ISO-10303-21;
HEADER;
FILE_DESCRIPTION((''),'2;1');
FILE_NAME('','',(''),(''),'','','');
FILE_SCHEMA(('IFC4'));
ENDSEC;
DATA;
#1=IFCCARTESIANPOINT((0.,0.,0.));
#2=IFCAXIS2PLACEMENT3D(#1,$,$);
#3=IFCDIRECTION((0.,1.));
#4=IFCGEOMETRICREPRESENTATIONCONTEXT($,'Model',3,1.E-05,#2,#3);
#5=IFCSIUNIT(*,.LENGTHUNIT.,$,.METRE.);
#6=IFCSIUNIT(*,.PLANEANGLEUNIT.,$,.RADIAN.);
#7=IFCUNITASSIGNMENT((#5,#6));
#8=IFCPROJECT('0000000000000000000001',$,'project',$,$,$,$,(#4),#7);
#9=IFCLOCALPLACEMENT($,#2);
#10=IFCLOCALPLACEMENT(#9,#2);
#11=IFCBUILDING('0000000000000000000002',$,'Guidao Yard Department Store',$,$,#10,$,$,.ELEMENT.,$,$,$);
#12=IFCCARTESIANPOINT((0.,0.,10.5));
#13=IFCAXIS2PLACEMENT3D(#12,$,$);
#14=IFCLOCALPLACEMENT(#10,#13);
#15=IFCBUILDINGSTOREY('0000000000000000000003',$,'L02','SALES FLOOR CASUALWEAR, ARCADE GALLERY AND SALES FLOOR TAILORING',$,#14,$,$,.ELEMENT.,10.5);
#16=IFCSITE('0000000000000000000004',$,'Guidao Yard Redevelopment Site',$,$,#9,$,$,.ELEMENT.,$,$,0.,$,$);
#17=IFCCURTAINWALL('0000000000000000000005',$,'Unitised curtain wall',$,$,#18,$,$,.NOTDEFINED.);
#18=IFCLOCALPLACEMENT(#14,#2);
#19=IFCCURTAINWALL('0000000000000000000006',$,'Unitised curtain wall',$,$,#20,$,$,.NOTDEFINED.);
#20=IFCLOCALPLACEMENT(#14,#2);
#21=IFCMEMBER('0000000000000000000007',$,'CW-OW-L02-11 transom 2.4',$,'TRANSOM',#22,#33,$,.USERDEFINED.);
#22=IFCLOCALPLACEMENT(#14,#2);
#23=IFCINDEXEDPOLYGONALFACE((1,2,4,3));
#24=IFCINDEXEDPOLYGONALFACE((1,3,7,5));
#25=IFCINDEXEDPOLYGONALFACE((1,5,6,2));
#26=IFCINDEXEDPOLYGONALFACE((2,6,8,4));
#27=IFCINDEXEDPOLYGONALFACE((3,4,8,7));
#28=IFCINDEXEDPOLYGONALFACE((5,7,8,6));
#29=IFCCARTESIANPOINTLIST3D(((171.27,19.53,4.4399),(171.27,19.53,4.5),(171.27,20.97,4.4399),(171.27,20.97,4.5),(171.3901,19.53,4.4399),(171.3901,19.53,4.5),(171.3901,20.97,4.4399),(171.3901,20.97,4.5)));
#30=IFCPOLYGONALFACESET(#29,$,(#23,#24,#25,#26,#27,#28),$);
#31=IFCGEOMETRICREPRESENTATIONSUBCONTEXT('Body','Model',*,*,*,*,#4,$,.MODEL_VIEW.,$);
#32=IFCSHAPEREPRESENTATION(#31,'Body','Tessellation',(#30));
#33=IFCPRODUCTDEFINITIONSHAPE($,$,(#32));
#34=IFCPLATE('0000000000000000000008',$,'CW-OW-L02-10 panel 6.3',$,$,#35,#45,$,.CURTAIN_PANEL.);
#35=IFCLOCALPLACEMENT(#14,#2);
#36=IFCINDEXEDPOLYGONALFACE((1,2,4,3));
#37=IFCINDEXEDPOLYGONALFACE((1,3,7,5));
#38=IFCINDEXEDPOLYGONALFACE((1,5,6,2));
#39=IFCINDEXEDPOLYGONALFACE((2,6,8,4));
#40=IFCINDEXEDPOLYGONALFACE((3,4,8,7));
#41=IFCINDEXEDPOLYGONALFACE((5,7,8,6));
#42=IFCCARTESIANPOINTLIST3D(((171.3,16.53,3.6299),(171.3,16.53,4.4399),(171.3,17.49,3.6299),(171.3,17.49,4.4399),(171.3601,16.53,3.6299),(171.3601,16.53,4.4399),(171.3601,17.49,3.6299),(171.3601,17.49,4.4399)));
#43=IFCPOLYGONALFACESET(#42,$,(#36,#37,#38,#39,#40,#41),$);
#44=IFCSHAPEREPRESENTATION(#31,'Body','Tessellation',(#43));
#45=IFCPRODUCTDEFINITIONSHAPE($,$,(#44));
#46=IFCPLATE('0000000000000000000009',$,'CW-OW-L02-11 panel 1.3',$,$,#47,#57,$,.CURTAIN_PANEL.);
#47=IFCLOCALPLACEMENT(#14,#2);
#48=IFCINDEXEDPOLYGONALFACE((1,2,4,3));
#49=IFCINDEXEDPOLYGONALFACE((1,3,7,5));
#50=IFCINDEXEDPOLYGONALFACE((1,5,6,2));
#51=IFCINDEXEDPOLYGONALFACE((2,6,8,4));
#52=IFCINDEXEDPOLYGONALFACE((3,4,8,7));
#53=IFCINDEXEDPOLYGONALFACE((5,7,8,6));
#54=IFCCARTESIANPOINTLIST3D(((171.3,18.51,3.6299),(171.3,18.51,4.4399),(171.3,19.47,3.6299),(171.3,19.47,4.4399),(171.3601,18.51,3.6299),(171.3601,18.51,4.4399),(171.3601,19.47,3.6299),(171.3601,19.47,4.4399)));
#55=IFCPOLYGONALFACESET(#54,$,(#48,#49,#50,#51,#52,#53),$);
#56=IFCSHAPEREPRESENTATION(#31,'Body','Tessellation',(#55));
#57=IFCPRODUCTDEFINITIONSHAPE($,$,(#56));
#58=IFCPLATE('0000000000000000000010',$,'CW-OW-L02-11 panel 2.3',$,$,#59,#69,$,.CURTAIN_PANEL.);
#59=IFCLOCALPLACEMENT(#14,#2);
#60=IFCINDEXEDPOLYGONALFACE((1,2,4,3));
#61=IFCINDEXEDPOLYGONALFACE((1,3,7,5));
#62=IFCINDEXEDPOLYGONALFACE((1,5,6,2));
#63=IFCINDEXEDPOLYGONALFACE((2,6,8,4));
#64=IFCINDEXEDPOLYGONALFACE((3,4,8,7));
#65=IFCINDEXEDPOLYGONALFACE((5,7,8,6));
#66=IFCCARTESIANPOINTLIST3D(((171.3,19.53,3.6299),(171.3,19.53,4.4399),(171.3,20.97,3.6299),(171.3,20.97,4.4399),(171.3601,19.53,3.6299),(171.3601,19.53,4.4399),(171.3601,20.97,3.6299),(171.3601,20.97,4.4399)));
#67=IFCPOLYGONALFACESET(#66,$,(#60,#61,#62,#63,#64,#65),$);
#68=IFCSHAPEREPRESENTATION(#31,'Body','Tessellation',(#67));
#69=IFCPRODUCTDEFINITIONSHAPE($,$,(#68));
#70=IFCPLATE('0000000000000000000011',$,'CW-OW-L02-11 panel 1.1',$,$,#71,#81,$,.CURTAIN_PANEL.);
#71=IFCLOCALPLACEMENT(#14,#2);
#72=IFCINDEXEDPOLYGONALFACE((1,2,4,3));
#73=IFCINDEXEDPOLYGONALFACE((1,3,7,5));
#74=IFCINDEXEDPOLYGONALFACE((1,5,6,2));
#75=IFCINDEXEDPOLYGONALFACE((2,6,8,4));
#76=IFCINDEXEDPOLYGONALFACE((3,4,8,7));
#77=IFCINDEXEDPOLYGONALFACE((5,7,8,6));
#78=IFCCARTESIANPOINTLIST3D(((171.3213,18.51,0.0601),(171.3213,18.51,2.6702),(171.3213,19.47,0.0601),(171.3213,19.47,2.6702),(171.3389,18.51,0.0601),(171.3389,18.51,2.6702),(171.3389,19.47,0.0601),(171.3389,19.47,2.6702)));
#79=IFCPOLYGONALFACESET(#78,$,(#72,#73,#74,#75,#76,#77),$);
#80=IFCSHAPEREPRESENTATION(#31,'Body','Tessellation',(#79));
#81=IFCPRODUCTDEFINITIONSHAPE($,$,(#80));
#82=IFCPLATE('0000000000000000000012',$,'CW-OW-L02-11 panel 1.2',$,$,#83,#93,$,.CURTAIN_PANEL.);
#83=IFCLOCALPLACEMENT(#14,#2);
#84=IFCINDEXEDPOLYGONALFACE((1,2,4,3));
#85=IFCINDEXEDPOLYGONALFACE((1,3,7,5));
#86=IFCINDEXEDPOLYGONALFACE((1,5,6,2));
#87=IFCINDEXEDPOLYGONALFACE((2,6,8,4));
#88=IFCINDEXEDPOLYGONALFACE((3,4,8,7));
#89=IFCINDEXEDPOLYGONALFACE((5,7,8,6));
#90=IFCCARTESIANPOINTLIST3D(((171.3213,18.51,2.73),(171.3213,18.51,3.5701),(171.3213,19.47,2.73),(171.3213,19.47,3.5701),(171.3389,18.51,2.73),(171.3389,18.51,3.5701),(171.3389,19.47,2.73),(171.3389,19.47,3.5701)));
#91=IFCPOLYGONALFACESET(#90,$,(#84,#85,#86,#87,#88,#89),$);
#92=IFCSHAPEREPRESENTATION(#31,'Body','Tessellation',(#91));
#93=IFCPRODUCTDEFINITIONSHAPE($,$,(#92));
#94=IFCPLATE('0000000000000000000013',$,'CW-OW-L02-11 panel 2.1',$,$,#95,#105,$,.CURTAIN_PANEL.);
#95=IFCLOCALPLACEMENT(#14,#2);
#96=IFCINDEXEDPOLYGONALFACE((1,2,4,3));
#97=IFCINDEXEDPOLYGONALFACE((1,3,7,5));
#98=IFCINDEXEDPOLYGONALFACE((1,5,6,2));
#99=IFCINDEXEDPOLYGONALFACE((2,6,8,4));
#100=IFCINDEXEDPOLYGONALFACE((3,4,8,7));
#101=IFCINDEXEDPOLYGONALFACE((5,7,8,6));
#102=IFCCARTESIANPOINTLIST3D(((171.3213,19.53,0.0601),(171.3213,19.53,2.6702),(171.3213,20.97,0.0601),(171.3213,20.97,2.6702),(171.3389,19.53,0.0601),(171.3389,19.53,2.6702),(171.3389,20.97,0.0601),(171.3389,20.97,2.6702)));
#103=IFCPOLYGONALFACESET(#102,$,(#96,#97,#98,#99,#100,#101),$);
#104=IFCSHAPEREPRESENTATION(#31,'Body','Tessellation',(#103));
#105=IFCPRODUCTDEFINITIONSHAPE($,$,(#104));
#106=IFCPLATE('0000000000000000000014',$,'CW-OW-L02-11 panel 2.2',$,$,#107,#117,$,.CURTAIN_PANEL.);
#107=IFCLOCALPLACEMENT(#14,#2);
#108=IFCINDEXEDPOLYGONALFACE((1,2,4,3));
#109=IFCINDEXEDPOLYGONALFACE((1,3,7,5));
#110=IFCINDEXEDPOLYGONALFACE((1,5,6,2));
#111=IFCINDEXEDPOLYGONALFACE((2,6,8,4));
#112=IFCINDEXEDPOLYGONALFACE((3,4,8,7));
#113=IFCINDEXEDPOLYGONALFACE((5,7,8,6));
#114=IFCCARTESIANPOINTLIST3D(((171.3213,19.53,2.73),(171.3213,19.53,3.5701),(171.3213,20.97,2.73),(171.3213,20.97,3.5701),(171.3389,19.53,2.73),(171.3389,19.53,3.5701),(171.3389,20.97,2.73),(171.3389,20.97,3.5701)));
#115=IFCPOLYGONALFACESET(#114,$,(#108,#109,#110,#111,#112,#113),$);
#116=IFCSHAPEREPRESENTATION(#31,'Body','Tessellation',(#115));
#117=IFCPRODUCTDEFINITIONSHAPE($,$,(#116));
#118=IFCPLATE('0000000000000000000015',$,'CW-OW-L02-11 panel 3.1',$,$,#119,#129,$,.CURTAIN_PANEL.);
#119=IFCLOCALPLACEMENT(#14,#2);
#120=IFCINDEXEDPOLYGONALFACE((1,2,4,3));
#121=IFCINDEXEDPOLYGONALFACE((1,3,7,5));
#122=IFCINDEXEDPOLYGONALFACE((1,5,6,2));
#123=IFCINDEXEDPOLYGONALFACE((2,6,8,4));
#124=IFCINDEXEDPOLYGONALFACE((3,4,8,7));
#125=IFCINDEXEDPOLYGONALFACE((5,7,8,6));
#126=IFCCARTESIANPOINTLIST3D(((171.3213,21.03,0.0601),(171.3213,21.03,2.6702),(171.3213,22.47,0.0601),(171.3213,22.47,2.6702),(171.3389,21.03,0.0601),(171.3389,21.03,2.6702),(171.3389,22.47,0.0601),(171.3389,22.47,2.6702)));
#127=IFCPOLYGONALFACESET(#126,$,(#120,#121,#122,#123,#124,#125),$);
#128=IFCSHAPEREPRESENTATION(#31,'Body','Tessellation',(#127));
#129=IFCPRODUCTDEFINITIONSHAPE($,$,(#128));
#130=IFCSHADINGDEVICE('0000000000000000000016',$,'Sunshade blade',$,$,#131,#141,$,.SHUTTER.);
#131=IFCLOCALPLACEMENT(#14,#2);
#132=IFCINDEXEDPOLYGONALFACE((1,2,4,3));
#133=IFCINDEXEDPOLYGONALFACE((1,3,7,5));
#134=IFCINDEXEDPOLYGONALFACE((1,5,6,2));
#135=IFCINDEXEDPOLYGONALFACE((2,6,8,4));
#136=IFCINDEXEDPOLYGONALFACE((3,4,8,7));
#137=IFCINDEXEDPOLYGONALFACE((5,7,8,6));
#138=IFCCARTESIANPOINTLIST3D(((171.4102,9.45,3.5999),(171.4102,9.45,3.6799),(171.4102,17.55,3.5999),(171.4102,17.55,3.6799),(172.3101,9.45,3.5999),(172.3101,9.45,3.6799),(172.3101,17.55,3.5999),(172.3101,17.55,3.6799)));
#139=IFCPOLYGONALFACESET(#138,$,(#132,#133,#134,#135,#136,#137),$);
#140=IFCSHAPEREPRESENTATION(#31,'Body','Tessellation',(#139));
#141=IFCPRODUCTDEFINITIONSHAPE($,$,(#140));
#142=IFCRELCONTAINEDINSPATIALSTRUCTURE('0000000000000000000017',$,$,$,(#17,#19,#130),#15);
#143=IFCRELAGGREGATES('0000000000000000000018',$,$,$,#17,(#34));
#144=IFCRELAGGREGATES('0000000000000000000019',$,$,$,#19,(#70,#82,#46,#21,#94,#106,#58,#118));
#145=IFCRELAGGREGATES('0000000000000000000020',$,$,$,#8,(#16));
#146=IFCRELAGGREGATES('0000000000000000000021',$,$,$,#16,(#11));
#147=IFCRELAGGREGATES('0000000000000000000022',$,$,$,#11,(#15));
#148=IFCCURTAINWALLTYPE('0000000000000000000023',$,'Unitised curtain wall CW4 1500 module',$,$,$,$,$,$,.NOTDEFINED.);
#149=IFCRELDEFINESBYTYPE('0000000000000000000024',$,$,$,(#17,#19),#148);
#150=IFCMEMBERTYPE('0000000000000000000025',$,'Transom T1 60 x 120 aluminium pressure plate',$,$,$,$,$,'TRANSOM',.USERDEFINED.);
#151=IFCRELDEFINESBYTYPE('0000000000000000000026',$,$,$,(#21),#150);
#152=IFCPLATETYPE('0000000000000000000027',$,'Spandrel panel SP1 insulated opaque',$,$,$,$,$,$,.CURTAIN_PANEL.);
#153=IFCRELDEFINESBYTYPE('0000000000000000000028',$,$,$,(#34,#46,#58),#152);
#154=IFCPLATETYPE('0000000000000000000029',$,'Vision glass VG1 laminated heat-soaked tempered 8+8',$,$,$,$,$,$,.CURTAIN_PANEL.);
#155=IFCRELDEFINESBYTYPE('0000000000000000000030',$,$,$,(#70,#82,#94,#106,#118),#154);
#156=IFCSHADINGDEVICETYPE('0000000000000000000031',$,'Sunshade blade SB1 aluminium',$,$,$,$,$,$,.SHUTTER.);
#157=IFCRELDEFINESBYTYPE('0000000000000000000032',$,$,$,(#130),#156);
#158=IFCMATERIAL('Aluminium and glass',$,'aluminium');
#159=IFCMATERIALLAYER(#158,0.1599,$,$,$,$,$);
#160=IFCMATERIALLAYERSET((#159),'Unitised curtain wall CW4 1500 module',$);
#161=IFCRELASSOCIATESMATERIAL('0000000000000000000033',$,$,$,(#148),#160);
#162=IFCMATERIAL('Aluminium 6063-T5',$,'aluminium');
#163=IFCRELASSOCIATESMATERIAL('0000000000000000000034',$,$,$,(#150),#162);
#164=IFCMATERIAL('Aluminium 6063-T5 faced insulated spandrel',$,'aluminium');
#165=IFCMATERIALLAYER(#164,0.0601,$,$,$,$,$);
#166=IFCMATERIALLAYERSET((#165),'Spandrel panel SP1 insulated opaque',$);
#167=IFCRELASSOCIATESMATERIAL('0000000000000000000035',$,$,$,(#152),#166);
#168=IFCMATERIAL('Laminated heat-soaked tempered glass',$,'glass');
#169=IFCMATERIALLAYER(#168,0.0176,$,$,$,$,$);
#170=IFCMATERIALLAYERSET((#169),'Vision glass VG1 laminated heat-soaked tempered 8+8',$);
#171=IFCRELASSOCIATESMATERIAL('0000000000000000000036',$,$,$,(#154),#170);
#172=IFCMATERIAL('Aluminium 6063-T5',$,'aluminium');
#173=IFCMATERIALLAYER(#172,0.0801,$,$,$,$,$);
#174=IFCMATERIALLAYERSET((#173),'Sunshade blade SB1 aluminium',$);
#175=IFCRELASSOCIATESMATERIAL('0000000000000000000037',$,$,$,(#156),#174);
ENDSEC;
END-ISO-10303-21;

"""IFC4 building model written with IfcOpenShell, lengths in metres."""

from ifc_helpers import new_model, si_unit, direction, frame, origin, origin_2d, place, context, subcontext, project, spatial, rectangle, extrude, material, layer, layer_set, material_profile, profile_set, type_object, element, aggregate, save


model = new_model("IFC4")

# Units and contexts
model_context = context("Model", 3, precision=1e-05, world=origin(), true_north=direction((0.0, 1.0)))
body_context = subcontext(model_context, "Body", "Model", "MODEL_VIEW")
ifc_project = project(units=[si_unit("LENGTHUNIT", "METRE"), si_unit("PLANEANGLEUNIT", "RADIAN")], contexts=[model_context])

# Site, building, storey
site_placement = place(None, origin())
site = spatial("IfcSite", under=ifc_project, at=site_placement, Name="Guidao Yard Redevelopment Site", CompositionType="ELEMENT", RefElevation=0.0)
building_placement = place(site_placement, origin())
building = spatial("IfcBuilding", under=site, at=building_placement, Name="Guidao Yard Department Store", CompositionType="ELEMENT")
storey_placement = place(building_placement, frame((0.0, 0.0, 10.5)))
storey = spatial("IfcBuildingStorey", under=building, at=storey_placement, Name="L02", Description="SALES FLOOR CASUALWEAR, ARCADE GALLERY AND SALES FLOOR TAILORING", CompositionType="ELEMENT", Elevation=10.5)

# Curtain wall
ifc_material_1 = material(Name="Aluminium and glass", Category="aluminium")
ifc_layer_1 = layer(ifc_material_1, 0.1599)
ifc_layer_set_1 = layer_set([ifc_layer_1], Name="Unitised curtain wall CW4 1500 module")
curtain_wall_type = type_object("IfcCurtainWallType", Name="Unitised curtain wall CW4 1500 module", PredefinedType="NOTDEFINED", material=ifc_layer_set_1)
curtain_wall_1_placement = place(storey_placement, origin())
curtain_wall_1 = element("IfcCurtainWall", 1, at=curtain_wall_1_placement, inside=storey, type_object=curtain_wall_type, Name="Unitised curtain wall", PredefinedType="NOTDEFINED")

# Curtain wall
curtain_wall_2_placement = place(storey_placement, origin())
curtain_wall_2 = element("IfcCurtainWall", 2, at=curtain_wall_2_placement, inside=storey, type_object=curtain_wall_type, Name="Unitised curtain wall", PredefinedType="NOTDEFINED")

# Member
ifc_material_2 = material(Name="Aluminium 6063-T5", Category="aluminium")
ifc_material_profile_1 = material_profile(ifc_material_2, rectangle(XDim=0.1201, YDim=0.0601, at=origin_2d()), Name="Transom T1 60 x 120 aluminium pressure plate")
ifc_profile_set_1 = profile_set([ifc_material_profile_1], Name="Aluminium 6063-T5")
member_type_1 = type_object("IfcMemberType", Name="Transom T1 60 x 120 aluminium pressure plate", ElementType="TRANSOM", PredefinedType="USERDEFINED", material=ifc_profile_set_1)
member_1_placement = place(storey_placement, frame((171.3301, 20.97, 4.47), z_axis=(0.0, -1.0, 0.0), x_axis=(1.0, 0.0, 0.0)))
member_1 = element("IfcMember", 3, at=member_1_placement, type_object=member_type_1, Name="CW-OW-L02-11 transom 2.4", ObjectType="TRANSOM", PredefinedType="USERDEFINED", context=body_context, shape_type="SweptSolid", body=[
    extrude(rectangle(XDim=0.1201, YDim=0.0601, at=origin_2d()), origin(), (0.0, 0.0, 1.0), 1.4399),
])

# Plates
ifc_material_3 = material(Name="Aluminium 6063-T5 faced insulated spandrel", Category="aluminium")
ifc_layer_2 = layer(ifc_material_3, 0.0601)
ifc_layer_set_2 = layer_set([ifc_layer_2], Name="Spandrel panel SP1 insulated opaque")
plate_type_1 = type_object("IfcPlateType", Name="Spandrel panel SP1 insulated opaque", PredefinedType="CURTAIN_PANEL", material=ifc_layer_set_2)
plate_1_placement = place(storey_placement, frame((171.3301, 17.01, 3.6299), z_axis=(0.0, 0.0, 1.0), x_axis=(0.0, -1.0, 0.0)))
plate_1 = element("IfcPlate", 4, at=plate_1_placement, type_object=plate_type_1, Name="CW-OW-L02-10 panel 6.3", PredefinedType="CURTAIN_PANEL", context=body_context, shape_type="SweptSolid", body=[
    extrude(rectangle(XDim=0.96, YDim=0.0601, at=origin_2d()), origin(), (0.0, 0.0, 1.0), 0.8101),
])
aggregate(curtain_wall_1, [plate_1])
plate_2_placement = place(storey_placement, frame((171.3301, 18.99, 3.6299), z_axis=(0.0, 0.0, 1.0), x_axis=(0.0, -1.0, 0.0)))
plate_2 = element("IfcPlate", 5, at=plate_2_placement, type_object=plate_type_1, Name="CW-OW-L02-11 panel 1.3", PredefinedType="CURTAIN_PANEL", context=body_context, shape_type="SweptSolid", body=[
    extrude(rectangle(XDim=0.96, YDim=0.0601, at=origin_2d()), origin(), (0.0, 0.0, 1.0), 0.8101),
])
plate_3_placement = place(storey_placement, frame((171.3301, 20.25, 3.6299), z_axis=(0.0, 0.0, 1.0), x_axis=(0.0, -1.0, 0.0)))
plate_3 = element("IfcPlate", 6, at=plate_3_placement, type_object=plate_type_1, Name="CW-OW-L02-11 panel 2.3", PredefinedType="CURTAIN_PANEL", context=body_context, shape_type="SweptSolid", body=[
    extrude(rectangle(XDim=1.4399, YDim=0.0601, at=origin_2d()), origin(), (0.0, 0.0, 1.0), 0.8101),
])
ifc_material_4 = material(Name="Laminated heat-soaked tempered glass", Category="glass")
ifc_layer_3 = layer(ifc_material_4, 0.0176)
ifc_layer_set_3 = layer_set([ifc_layer_3], Name="Vision glass VG1 laminated heat-soaked tempered 8+8")
plate_type_2 = type_object("IfcPlateType", Name="Vision glass VG1 laminated heat-soaked tempered 8+8", PredefinedType="CURTAIN_PANEL", material=ifc_layer_set_3)
plate_4_placement = place(storey_placement, frame((171.3301, 18.99, 0.0601), z_axis=(0.0, 0.0, 1.0), x_axis=(0.0, -1.0, 0.0)))
plate_4 = element("IfcPlate", 7, at=plate_4_placement, type_object=plate_type_2, Name="CW-OW-L02-11 panel 1.1", PredefinedType="CURTAIN_PANEL", context=body_context, shape_type="SweptSolid", body=[
    extrude(rectangle(XDim=0.96, YDim=0.0176, at=origin_2d()), origin(), (0.0, 0.0, 1.0), 2.6101),
])
plate_5_placement = place(storey_placement, frame((171.3301, 18.99, 2.73), z_axis=(0.0, 0.0, 1.0), x_axis=(0.0, -1.0, 0.0)))
plate_5 = element("IfcPlate", 8, at=plate_5_placement, type_object=plate_type_2, Name="CW-OW-L02-11 panel 1.2", PredefinedType="CURTAIN_PANEL", context=body_context, shape_type="SweptSolid", body=[
    extrude(rectangle(XDim=0.96, YDim=0.0176, at=origin_2d()), origin(), (0.0, 0.0, 1.0), 0.8401),
])
plate_6_placement = place(storey_placement, frame((171.3301, 20.25, 0.0601), z_axis=(0.0, 0.0, 1.0), x_axis=(0.0, -1.0, 0.0)))
plate_6 = element("IfcPlate", 9, at=plate_6_placement, type_object=plate_type_2, Name="CW-OW-L02-11 panel 2.1", PredefinedType="CURTAIN_PANEL", context=body_context, shape_type="SweptSolid", body=[
    extrude(rectangle(XDim=1.4399, YDim=0.0176, at=origin_2d()), origin(), (0.0, 0.0, 1.0), 2.6101),
])
plate_7_placement = place(storey_placement, frame((171.3301, 20.25, 2.73), z_axis=(0.0, 0.0, 1.0), x_axis=(0.0, -1.0, 0.0)))
plate_7 = element("IfcPlate", 10, at=plate_7_placement, type_object=plate_type_2, Name="CW-OW-L02-11 panel 2.2", PredefinedType="CURTAIN_PANEL", context=body_context, shape_type="SweptSolid", body=[
    extrude(rectangle(XDim=1.4399, YDim=0.0176, at=origin_2d()), origin(), (0.0, 0.0, 1.0), 0.8401),
])
plate_8_placement = place(storey_placement, frame((171.3301, 21.75, 0.0601), z_axis=(0.0, 0.0, 1.0), x_axis=(0.0, -1.0, 0.0)))
plate_8 = element("IfcPlate", 11, at=plate_8_placement, type_object=plate_type_2, Name="CW-OW-L02-11 panel 3.1", PredefinedType="CURTAIN_PANEL", context=body_context, shape_type="SweptSolid", body=[
    extrude(rectangle(XDim=1.4399, YDim=0.0176, at=origin_2d()), origin(), (0.0, 0.0, 1.0), 2.6101),
])
aggregate(curtain_wall_2, [plate_4, plate_5, plate_2, member_1, plate_6, plate_7, plate_3, plate_8])

# Shading device
ifc_material_5 = material(Name="Aluminium 6063-T5", Category="aluminium")
ifc_layer_4 = layer(ifc_material_5, 0.0801)
ifc_layer_set_4 = layer_set([ifc_layer_4], Name="Sunshade blade SB1 aluminium")
shading_device_type = type_object("IfcShadingDeviceType", Name="Sunshade blade SB1 aluminium", PredefinedType="SHUTTER", material=ifc_layer_set_4)
shading_device_placement = place(storey_placement, frame((171.8601, 13.5, 3.5999), z_axis=(0.0, 0.0, 1.0), x_axis=(0.0, -1.0, 0.0)))
element("IfcShadingDevice", 12, at=shading_device_placement, inside=storey, type_object=shading_device_type, Name="Sunshade blade", PredefinedType="SHUTTER", context=body_context, shape_type="SweptSolid", body=[
    extrude(rectangle(XDim=8.1001, YDim=0.8999, at=origin_2d()), origin(), (0.0, 0.0, 1.0), 0.0801),
])

save(model, "model.ifc")
